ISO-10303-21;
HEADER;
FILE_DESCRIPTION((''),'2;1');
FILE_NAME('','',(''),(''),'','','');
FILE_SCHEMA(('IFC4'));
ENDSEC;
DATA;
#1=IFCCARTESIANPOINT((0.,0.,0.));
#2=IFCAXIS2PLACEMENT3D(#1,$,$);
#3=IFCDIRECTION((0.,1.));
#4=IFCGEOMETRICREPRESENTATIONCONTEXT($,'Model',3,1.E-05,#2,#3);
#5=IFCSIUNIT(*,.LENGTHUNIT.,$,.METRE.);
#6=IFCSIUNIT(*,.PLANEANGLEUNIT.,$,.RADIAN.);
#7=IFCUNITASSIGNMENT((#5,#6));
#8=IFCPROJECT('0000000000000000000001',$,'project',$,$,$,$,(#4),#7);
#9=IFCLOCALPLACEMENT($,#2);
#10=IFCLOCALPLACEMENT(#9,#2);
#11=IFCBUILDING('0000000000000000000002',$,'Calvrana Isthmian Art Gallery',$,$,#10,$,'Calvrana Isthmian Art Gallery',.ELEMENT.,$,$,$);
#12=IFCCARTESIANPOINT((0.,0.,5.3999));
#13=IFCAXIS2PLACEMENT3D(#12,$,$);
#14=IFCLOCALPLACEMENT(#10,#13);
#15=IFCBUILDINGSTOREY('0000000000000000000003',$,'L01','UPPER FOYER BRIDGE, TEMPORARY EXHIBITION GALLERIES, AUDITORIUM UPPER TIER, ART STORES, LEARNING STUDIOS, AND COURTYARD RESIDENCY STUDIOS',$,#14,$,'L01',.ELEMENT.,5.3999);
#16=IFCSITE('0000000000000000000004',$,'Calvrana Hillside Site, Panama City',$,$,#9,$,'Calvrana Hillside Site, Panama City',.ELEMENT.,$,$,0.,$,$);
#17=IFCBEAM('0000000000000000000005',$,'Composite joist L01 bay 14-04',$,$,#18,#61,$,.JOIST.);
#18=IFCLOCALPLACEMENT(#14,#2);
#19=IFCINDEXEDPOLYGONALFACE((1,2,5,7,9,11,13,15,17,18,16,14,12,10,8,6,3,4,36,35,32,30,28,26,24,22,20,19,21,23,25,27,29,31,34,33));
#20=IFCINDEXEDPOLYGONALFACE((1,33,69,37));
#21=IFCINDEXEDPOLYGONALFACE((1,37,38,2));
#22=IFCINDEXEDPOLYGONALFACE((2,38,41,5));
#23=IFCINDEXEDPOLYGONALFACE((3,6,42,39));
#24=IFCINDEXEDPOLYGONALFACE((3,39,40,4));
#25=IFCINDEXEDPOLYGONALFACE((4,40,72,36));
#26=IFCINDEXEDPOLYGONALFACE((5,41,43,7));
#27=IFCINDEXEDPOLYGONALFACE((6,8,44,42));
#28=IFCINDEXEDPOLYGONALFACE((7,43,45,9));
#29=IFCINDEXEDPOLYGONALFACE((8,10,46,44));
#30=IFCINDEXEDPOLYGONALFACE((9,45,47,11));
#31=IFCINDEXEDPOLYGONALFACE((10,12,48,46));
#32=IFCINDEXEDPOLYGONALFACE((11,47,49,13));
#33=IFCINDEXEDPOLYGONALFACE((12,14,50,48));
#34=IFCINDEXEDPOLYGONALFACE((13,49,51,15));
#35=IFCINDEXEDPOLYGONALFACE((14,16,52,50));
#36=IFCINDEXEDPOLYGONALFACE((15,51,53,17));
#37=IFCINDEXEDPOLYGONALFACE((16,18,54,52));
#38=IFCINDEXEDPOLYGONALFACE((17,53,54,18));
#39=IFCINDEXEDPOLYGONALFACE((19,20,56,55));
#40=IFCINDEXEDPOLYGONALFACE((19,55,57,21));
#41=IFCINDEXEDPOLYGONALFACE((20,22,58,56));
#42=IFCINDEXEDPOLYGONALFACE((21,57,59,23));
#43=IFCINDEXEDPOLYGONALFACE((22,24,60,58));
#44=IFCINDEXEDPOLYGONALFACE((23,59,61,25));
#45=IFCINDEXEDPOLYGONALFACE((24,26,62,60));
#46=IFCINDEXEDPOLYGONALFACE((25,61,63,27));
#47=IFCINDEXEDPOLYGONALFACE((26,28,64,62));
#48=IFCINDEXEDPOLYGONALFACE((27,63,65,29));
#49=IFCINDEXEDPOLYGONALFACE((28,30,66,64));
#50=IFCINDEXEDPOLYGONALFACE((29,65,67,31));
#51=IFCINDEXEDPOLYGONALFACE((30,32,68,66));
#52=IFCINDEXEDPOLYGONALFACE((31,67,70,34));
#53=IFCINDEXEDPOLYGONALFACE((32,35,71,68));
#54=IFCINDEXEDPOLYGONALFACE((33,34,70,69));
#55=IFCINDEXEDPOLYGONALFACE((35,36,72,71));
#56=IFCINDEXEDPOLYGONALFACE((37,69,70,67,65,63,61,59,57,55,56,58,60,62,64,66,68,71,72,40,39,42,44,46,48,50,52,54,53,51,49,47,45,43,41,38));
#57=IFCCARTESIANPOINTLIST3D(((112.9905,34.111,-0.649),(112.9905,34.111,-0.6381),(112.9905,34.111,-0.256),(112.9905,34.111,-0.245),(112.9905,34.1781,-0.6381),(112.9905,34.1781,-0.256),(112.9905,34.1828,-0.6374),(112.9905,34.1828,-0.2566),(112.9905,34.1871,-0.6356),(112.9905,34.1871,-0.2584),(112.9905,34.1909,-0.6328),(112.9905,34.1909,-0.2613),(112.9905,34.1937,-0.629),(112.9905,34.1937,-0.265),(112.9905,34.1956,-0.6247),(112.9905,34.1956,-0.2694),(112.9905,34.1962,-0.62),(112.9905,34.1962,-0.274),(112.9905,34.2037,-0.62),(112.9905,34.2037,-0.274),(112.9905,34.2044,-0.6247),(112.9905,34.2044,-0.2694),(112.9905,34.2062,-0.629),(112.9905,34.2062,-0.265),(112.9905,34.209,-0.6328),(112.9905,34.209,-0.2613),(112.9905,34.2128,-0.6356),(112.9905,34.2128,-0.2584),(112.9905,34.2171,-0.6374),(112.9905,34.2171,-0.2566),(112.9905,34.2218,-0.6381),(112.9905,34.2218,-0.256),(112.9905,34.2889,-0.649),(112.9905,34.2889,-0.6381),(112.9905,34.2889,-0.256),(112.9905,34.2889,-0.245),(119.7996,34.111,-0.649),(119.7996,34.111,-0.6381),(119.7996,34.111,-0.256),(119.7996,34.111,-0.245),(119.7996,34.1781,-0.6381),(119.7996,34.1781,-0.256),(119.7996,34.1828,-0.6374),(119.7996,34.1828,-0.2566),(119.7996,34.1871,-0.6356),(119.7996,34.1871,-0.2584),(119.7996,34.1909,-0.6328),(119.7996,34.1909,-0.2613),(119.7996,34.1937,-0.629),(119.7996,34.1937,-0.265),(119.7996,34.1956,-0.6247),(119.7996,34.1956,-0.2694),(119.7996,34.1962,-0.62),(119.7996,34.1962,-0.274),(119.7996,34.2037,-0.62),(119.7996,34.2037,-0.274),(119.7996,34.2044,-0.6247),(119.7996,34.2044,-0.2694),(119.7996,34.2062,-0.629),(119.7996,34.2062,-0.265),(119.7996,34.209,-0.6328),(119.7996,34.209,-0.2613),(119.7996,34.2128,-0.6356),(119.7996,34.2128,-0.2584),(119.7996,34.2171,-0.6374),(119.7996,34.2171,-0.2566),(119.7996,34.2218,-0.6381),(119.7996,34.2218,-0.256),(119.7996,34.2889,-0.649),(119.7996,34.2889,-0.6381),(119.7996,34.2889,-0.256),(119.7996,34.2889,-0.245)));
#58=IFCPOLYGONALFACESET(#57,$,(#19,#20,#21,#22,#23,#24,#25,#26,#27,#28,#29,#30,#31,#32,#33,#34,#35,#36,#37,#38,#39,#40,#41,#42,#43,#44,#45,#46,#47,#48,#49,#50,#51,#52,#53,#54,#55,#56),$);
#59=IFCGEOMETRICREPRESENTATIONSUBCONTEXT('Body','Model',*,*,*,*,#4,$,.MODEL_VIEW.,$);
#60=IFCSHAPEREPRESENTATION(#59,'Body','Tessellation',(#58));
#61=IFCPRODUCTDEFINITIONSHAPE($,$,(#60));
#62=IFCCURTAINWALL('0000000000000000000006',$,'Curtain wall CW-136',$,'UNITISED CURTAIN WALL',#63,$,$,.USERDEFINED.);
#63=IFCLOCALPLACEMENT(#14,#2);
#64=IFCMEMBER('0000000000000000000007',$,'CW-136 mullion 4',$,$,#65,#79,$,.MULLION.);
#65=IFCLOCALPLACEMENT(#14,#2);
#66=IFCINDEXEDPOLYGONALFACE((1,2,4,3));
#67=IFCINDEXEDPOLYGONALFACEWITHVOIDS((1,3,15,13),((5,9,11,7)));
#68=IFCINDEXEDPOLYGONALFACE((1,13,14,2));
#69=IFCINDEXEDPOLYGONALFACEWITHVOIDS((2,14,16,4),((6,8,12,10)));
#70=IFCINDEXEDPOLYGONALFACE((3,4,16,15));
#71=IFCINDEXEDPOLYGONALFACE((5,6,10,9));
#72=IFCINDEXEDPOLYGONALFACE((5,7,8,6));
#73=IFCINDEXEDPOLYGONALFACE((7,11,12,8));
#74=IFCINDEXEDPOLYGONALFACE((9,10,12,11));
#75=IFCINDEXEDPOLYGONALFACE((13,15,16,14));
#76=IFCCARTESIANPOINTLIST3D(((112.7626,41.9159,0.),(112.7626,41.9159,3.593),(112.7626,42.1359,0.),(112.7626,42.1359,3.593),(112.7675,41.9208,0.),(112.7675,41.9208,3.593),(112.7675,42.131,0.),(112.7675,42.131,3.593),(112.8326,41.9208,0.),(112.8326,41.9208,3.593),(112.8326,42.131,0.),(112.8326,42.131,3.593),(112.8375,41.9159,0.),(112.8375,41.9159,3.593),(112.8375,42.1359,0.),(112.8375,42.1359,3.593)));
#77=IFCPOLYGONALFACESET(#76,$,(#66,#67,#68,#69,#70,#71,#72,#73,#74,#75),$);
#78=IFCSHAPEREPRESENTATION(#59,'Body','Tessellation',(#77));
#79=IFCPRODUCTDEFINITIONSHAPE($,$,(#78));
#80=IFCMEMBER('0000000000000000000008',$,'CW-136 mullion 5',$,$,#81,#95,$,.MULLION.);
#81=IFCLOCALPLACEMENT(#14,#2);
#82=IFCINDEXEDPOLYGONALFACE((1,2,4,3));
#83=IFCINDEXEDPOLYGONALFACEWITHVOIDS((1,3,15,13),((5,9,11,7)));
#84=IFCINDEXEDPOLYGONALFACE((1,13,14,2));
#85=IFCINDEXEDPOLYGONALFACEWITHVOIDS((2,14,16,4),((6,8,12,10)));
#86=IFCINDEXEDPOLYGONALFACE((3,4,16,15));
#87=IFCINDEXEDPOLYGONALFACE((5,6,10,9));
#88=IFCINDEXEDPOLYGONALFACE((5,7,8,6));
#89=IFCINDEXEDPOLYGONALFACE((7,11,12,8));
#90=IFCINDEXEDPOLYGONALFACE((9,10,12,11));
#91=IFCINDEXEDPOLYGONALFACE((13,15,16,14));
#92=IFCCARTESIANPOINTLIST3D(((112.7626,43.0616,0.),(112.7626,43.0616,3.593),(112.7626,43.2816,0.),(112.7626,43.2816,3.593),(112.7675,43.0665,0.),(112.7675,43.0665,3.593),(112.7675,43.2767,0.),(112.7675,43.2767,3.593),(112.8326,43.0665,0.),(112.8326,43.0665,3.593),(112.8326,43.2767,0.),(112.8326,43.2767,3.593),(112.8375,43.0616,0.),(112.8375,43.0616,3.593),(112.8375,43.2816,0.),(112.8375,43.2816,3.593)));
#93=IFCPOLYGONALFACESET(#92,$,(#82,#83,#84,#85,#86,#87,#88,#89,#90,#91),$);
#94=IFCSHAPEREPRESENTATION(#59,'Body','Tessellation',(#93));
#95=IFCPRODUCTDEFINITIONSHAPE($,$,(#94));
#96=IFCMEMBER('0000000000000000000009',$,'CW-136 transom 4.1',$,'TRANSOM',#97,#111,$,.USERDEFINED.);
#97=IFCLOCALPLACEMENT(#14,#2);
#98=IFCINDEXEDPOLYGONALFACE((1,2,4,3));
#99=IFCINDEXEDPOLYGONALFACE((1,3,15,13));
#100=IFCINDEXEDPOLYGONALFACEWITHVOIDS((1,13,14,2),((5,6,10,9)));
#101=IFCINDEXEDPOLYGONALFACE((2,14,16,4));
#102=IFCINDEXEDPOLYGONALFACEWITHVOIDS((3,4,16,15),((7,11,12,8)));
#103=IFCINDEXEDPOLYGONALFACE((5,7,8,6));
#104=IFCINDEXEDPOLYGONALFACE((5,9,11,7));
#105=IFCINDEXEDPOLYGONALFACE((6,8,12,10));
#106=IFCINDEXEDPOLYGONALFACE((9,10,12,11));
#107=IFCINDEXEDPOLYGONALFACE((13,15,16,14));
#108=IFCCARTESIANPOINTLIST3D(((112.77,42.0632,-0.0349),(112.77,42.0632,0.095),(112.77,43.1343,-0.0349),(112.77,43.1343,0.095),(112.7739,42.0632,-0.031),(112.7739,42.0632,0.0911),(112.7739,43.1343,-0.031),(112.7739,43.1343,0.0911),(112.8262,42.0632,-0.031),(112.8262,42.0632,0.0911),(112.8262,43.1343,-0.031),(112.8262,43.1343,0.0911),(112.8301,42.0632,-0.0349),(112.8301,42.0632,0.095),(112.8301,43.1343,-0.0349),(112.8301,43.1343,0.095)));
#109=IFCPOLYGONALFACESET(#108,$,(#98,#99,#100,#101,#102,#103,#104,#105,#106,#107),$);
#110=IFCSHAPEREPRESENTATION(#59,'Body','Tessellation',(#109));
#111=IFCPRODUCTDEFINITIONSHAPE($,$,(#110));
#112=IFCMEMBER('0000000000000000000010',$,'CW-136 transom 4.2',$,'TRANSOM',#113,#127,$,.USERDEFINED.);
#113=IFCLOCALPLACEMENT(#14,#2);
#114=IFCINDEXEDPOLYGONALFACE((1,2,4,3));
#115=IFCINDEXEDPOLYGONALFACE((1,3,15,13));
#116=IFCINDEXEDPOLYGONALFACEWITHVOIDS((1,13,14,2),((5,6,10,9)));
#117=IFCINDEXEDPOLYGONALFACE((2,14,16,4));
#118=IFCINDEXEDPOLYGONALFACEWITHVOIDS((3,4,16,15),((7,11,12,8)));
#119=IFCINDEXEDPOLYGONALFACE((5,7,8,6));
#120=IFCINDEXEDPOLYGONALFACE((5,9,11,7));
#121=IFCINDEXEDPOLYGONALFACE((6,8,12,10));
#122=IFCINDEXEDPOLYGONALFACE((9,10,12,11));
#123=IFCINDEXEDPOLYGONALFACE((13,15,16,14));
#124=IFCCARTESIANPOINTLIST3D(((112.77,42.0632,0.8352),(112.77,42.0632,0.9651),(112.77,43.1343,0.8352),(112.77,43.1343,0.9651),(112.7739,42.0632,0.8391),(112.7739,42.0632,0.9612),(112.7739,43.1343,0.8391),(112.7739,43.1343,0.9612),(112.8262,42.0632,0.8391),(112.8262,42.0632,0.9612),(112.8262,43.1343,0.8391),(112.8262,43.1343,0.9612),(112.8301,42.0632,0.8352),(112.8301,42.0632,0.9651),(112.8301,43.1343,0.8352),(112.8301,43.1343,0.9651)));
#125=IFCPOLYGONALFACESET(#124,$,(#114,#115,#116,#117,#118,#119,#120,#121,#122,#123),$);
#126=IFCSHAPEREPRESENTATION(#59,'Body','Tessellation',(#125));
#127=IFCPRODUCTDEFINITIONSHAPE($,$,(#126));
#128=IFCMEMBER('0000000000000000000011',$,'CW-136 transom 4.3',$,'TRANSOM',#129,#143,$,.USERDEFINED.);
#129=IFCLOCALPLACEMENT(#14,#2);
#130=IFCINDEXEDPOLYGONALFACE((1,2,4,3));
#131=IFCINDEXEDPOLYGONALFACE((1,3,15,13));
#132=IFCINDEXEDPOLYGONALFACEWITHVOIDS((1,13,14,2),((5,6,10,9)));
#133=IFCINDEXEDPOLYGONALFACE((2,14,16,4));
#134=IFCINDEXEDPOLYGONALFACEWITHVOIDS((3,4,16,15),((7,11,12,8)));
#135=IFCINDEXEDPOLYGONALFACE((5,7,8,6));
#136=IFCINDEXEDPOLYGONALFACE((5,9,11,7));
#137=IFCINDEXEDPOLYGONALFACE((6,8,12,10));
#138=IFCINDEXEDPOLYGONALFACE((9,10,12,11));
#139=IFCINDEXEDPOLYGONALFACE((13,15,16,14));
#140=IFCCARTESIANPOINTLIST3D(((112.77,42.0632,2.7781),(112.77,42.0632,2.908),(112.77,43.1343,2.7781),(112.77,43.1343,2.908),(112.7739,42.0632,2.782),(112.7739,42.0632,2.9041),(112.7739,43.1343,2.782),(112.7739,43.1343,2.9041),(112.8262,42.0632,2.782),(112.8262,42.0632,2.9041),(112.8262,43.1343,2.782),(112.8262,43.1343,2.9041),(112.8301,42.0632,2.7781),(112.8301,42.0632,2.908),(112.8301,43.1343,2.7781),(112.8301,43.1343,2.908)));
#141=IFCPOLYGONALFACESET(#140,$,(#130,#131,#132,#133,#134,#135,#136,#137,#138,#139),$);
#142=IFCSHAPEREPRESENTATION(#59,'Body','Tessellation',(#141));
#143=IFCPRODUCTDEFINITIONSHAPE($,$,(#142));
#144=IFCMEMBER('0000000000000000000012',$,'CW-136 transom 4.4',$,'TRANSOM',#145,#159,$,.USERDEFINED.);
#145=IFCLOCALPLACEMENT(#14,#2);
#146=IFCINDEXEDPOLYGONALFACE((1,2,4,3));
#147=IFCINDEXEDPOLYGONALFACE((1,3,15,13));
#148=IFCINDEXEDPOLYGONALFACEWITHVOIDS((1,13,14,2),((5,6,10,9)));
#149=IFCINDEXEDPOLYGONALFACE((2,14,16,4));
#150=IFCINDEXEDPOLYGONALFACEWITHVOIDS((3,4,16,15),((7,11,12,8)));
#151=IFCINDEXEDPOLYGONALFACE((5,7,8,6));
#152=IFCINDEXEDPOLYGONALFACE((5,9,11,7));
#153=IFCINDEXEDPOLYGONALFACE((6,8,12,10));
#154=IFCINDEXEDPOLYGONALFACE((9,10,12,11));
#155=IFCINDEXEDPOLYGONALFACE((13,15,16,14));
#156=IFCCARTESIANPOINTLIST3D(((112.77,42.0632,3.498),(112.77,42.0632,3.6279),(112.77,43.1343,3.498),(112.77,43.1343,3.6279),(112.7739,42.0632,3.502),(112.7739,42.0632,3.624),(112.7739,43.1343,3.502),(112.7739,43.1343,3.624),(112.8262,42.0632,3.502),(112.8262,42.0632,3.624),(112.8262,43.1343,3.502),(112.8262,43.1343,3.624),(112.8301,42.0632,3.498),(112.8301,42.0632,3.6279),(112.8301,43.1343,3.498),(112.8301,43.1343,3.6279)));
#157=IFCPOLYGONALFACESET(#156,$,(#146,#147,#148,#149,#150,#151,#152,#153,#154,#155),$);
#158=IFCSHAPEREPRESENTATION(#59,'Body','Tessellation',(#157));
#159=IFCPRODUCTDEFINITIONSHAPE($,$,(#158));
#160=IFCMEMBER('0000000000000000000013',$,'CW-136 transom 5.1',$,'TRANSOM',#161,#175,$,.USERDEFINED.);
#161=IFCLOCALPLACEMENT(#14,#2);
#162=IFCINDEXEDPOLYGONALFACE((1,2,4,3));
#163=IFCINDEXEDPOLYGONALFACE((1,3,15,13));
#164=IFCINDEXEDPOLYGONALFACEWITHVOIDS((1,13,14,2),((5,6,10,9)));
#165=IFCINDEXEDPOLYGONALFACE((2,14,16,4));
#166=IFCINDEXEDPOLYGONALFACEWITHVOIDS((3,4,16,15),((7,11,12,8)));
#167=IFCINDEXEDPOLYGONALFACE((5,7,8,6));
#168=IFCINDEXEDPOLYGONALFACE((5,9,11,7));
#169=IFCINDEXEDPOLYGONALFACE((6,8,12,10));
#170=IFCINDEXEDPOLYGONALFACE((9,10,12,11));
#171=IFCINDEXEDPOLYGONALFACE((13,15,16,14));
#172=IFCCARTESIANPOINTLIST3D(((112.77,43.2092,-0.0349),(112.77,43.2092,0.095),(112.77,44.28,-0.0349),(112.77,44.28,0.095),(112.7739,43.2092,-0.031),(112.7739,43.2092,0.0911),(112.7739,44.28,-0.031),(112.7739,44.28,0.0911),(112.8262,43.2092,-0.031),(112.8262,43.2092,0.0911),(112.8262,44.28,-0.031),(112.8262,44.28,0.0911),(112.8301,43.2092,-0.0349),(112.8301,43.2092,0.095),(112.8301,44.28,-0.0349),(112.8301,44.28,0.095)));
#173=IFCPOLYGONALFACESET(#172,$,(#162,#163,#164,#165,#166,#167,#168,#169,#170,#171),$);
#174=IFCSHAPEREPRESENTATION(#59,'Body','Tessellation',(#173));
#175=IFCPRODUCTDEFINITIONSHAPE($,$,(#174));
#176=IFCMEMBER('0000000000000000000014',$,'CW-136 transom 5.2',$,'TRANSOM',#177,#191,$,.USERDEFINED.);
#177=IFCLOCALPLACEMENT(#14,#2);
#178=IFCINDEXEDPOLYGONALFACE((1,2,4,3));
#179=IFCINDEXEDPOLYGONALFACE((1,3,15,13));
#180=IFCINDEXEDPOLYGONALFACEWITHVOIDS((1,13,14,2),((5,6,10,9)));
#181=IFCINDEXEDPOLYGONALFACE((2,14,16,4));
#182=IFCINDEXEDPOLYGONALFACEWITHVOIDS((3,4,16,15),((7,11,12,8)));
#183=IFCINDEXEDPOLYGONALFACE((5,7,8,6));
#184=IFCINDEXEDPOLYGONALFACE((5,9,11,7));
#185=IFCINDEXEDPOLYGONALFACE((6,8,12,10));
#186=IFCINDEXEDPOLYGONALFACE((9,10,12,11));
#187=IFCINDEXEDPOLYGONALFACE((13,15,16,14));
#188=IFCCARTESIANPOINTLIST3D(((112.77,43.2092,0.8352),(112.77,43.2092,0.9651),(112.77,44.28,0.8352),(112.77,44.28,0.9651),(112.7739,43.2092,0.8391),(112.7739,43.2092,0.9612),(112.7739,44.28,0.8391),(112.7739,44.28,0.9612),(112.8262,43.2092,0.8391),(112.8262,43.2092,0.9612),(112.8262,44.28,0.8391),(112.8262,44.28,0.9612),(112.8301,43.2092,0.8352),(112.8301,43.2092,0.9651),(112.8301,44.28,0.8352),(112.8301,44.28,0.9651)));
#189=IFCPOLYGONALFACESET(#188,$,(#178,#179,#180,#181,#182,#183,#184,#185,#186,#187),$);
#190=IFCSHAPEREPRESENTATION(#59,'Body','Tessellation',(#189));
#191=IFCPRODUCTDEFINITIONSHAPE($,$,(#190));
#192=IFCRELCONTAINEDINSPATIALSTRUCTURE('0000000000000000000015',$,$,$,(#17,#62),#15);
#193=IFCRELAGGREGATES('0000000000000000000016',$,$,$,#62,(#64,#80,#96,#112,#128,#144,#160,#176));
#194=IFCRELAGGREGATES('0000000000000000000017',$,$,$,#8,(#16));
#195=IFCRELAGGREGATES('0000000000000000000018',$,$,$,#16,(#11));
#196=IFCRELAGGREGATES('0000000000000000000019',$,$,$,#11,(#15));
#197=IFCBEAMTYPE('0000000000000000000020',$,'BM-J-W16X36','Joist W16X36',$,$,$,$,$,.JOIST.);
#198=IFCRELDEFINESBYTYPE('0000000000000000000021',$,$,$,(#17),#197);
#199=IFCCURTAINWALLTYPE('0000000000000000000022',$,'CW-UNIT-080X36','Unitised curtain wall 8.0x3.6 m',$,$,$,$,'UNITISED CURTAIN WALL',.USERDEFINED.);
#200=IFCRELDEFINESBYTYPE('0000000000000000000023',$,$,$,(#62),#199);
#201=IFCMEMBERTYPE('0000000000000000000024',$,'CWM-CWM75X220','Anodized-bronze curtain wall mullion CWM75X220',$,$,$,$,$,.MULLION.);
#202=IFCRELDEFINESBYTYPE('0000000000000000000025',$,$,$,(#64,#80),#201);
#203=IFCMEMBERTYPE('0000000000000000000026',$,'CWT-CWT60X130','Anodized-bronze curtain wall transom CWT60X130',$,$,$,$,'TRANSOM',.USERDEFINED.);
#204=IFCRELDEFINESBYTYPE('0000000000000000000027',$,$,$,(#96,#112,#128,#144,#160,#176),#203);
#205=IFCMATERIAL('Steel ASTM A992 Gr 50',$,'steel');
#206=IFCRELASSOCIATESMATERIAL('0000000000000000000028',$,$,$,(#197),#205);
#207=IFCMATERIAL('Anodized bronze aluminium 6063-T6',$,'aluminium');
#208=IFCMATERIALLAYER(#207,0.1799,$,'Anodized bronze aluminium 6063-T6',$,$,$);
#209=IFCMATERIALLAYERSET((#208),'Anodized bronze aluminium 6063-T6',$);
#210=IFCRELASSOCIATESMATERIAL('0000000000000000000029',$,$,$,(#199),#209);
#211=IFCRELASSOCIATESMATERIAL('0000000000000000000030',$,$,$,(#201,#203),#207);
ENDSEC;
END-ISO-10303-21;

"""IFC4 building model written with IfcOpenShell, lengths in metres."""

from ifc_helpers import new_model, si_unit, direction, frame, origin, origin_2d, place, context, subcontext, project, spatial, hollow_rectangle, i_section, extrude, material, layer, layer_set, material_profile, profile_set, type_object, element, aggregate, save


model = new_model("IFC4")

# Units and contexts
model_context = context("Model", 3, precision=1e-05, world=origin(), true_north=direction((0.0, 1.0)))
body_context = subcontext(model_context, "Body", "Model", "MODEL_VIEW")
ifc_project = project(units=[si_unit("LENGTHUNIT", "METRE"), si_unit("PLANEANGLEUNIT", "RADIAN")], contexts=[model_context])

# Site, building, storey
site_placement = place(None, origin())
site = spatial("IfcSite", under=ifc_project, at=site_placement, Name="Calvrana Hillside Site, Panama City", LongName="Calvrana Hillside Site, Panama City", CompositionType="ELEMENT", RefElevation=0.0)
building_placement = place(site_placement, origin())
building = spatial("IfcBuilding", under=site, at=building_placement, Name="Calvrana Isthmian Art Gallery", LongName="Calvrana Isthmian Art Gallery", CompositionType="ELEMENT")
storey_placement = place(building_placement, frame((0.0, 0.0, 5.3999)))
storey = spatial("IfcBuildingStorey", under=building, at=storey_placement, Name="L01", Description="UPPER FOYER BRIDGE, TEMPORARY EXHIBITION GALLERIES, AUDITORIUM UPPER TIER, ART STORES, LEARNING STUDIOS, AND COURTYARD RESIDENCY STUDIOS", LongName="L01", CompositionType="ELEMENT", Elevation=5.3999)

# Shared definitions
ifc_material_1 = material(Name="Steel ASTM A992 Gr 50", Category="steel")

# Beam
ifc_material_profile_1 = material_profile(ifc_material_1, i_section(OverallWidth=0.178, OverallDepth=0.4041, WebThickness=0.0076, FlangeThickness=0.011, FilletRadius=0.0181, at=origin_2d()), Name="W16X36")
ifc_profile_set_1 = profile_set([ifc_material_profile_1], Name="Steel ASTM A992 Gr 50")
beam_type_1 = type_object("IfcBeamType", Name="BM-J-W16X36", Description="Joist W16X36", PredefinedType="JOIST", material=ifc_profile_set_1)
beam_1_placement = place(storey_placement, frame((112.9905, 34.2, -0.447), z_axis=(1.0, 0.0, 0.0), x_axis=(0.0, 1.0, 0.0)))
element("IfcBeam", 1, at=beam_1_placement, inside=storey, type_object=beam_type_1, Name="Composite joist L01 bay 14-04", PredefinedType="JOIST", context=body_context, shape_type="SweptSolid", body=[
    extrude(i_section(OverallWidth=0.178, OverallDepth=0.4041, WebThickness=0.0076, FlangeThickness=0.011, FilletRadius=0.0181, at=origin_2d()), origin(), (0.0, 0.0, 1.0), 6.8091),
])

# Curtain wall, members
ifc_material_2 = material(Name="Anodized bronze aluminium 6063-T6", Category="aluminium")
ifc_layer_1 = layer(ifc_material_2, 0.1799, Name="Anodized bronze aluminium 6063-T6")
ifc_layer_set_1 = layer_set([ifc_layer_1], Name="Anodized bronze aluminium 6063-T6")
curtain_wall_type = type_object("IfcCurtainWallType", Name="CW-UNIT-080X36", Description="Unitised curtain wall 8.0x3.6 m", ElementType="UNITISED CURTAIN WALL", PredefinedType="USERDEFINED", material=ifc_layer_set_1)
curtain_wall_placement = place(storey_placement, origin())
curtain_wall = element("IfcCurtainWall", 2, at=curtain_wall_placement, inside=storey, type_object=curtain_wall_type, Name="Curtain wall CW-136", ObjectType="UNITISED CURTAIN WALL", PredefinedType="USERDEFINED")
ifc_material_profile_2 = material_profile(ifc_material_2, hollow_rectangle(XDim=0.075, YDim=0.22, WallThickness=0.0049, at=origin_2d()), Name="CWM75X220")
ifc_profile_set_2 = profile_set([ifc_material_profile_2], Name="Anodized bronze aluminium 6063-T6")
member_type_1 = type_object("IfcMemberType", Name="CWM-CWM75X220", Description="Anodized-bronze curtain wall mullion CWM75X220", PredefinedType="MULLION", material=ifc_profile_set_2)
member_1_placement = place(storey_placement, frame((112.8, 42.0259, 0.0), z_axis=(0.0, 0.0, 1.0), x_axis=(-1.0, 0.0, 0.0)))
member_1 = element("IfcMember", 3, at=member_1_placement, type_object=member_type_1, Name="CW-136 mullion 4", PredefinedType="MULLION", context=body_context, shape_type="SweptSolid", body=[
    extrude(hollow_rectangle(XDim=0.075, YDim=0.22, WallThickness=0.0049, at=origin_2d()), origin(), (0.0, 0.0, 1.0), 3.593),
])
member_2_placement = place(storey_placement, frame((112.8, 43.1716, 0.0), z_axis=(0.0, 0.0, 1.0), x_axis=(-1.0, 0.0, 0.0)))
member_2 = element("IfcMember", 4, at=member_2_placement, type_object=member_type_1, Name="CW-136 mullion 5", PredefinedType="MULLION", context=body_context, shape_type="SweptSolid", body=[
    extrude(hollow_rectangle(XDim=0.075, YDim=0.22, WallThickness=0.0049, at=origin_2d()), origin(), (0.0, 0.0, 1.0), 3.593),
])
ifc_material_profile_3 = material_profile(ifc_material_2, hollow_rectangle(XDim=0.0601, YDim=0.1299, WallThickness=0.0039, at=origin_2d()), Name="CWT60X130")
ifc_profile_set_3 = profile_set([ifc_material_profile_3], Name="Anodized bronze aluminium 6063-T6")
member_type_2 = type_object("IfcMemberType", Name="CWT-CWT60X130", Description="Anodized-bronze curtain wall transom CWT60X130", ElementType="TRANSOM", PredefinedType="USERDEFINED", material=ifc_profile_set_3)
member_3_placement = place(storey_placement, frame((112.8, 42.0632, 0.03), z_axis=(0.0, 1.0, 0.0), x_axis=(-1.0, 0.0, 0.0)))
member_3 = element("IfcMember", 5, at=member_3_placement, type_object=member_type_2, Name="CW-136 transom 4.1", ObjectType="TRANSOM", PredefinedType="USERDEFINED", context=body_context, shape_type="SweptSolid", body=[
    extrude(hollow_rectangle(XDim=0.0601, YDim=0.1299, WallThickness=0.0039, at=origin_2d()), origin(), (0.0, 0.0, 1.0), 1.071),
])
member_4_placement = place(storey_placement, frame((112.8, 42.0632, 0.9001), z_axis=(0.0, 1.0, 0.0), x_axis=(-1.0, 0.0, 0.0)))
member_4 = element("IfcMember", 6, at=member_4_placement, type_object=member_type_2, Name="CW-136 transom 4.2", ObjectType="TRANSOM", PredefinedType="USERDEFINED", context=body_context, shape_type="SweptSolid", body=[
    extrude(hollow_rectangle(XDim=0.0601, YDim=0.1299, WallThickness=0.0039, at=origin_2d()), origin(), (0.0, 0.0, 1.0), 1.071),
])
member_5_placement = place(storey_placement, frame((112.8, 42.0632, 2.843), z_axis=(0.0, 1.0, 0.0), x_axis=(-1.0, 0.0, 0.0)))
member_5 = element("IfcMember", 7, at=member_5_placement, type_object=member_type_2, Name="CW-136 transom 4.3", ObjectType="TRANSOM", PredefinedType="USERDEFINED", context=body_context, shape_type="SweptSolid", body=[
    extrude(hollow_rectangle(XDim=0.0601, YDim=0.1299, WallThickness=0.0039, at=origin_2d()), origin(), (0.0, 0.0, 1.0), 1.071),
])
member_6_placement = place(storey_placement, frame((112.8, 42.0632, 3.563), z_axis=(0.0, 1.0, 0.0), x_axis=(-1.0, 0.0, 0.0)))
member_6 = element("IfcMember", 8, at=member_6_placement, type_object=member_type_2, Name="CW-136 transom 4.4", ObjectType="TRANSOM", PredefinedType="USERDEFINED", context=body_context, shape_type="SweptSolid", body=[
    extrude(hollow_rectangle(XDim=0.0601, YDim=0.1299, WallThickness=0.0039, at=origin_2d()), origin(), (0.0, 0.0, 1.0), 1.071),
])
member_7_placement = place(storey_placement, frame((112.8, 43.2092, 0.03), z_axis=(0.0, 1.0, 0.0), x_axis=(-1.0, 0.0, 0.0)))
member_7 = element("IfcMember", 9, at=member_7_placement, type_object=member_type_2, Name="CW-136 transom 5.1", ObjectType="TRANSOM", PredefinedType="USERDEFINED", context=body_context, shape_type="SweptSolid", body=[
    extrude(hollow_rectangle(XDim=0.0601, YDim=0.1299, WallThickness=0.0039, at=origin_2d()), origin(), (0.0, 0.0, 1.0), 1.0708),
])
member_8_placement = place(storey_placement, frame((112.8, 43.2092, 0.9001), z_axis=(0.0, 1.0, 0.0), x_axis=(-1.0, 0.0, 0.0)))
member_8 = element("IfcMember", 10, at=member_8_placement, type_object=member_type_2, Name="CW-136 transom 5.2", ObjectType="TRANSOM", PredefinedType="USERDEFINED", context=body_context, shape_type="SweptSolid", body=[
    extrude(hollow_rectangle(XDim=0.0601, YDim=0.1299, WallThickness=0.0039, at=origin_2d()), origin(), (0.0, 0.0, 1.0), 1.0708),
])
aggregate(curtain_wall, [member_1, member_2, member_3, member_4, member_5, member_6, member_7, member_8])

save(model, "model.ifc")
